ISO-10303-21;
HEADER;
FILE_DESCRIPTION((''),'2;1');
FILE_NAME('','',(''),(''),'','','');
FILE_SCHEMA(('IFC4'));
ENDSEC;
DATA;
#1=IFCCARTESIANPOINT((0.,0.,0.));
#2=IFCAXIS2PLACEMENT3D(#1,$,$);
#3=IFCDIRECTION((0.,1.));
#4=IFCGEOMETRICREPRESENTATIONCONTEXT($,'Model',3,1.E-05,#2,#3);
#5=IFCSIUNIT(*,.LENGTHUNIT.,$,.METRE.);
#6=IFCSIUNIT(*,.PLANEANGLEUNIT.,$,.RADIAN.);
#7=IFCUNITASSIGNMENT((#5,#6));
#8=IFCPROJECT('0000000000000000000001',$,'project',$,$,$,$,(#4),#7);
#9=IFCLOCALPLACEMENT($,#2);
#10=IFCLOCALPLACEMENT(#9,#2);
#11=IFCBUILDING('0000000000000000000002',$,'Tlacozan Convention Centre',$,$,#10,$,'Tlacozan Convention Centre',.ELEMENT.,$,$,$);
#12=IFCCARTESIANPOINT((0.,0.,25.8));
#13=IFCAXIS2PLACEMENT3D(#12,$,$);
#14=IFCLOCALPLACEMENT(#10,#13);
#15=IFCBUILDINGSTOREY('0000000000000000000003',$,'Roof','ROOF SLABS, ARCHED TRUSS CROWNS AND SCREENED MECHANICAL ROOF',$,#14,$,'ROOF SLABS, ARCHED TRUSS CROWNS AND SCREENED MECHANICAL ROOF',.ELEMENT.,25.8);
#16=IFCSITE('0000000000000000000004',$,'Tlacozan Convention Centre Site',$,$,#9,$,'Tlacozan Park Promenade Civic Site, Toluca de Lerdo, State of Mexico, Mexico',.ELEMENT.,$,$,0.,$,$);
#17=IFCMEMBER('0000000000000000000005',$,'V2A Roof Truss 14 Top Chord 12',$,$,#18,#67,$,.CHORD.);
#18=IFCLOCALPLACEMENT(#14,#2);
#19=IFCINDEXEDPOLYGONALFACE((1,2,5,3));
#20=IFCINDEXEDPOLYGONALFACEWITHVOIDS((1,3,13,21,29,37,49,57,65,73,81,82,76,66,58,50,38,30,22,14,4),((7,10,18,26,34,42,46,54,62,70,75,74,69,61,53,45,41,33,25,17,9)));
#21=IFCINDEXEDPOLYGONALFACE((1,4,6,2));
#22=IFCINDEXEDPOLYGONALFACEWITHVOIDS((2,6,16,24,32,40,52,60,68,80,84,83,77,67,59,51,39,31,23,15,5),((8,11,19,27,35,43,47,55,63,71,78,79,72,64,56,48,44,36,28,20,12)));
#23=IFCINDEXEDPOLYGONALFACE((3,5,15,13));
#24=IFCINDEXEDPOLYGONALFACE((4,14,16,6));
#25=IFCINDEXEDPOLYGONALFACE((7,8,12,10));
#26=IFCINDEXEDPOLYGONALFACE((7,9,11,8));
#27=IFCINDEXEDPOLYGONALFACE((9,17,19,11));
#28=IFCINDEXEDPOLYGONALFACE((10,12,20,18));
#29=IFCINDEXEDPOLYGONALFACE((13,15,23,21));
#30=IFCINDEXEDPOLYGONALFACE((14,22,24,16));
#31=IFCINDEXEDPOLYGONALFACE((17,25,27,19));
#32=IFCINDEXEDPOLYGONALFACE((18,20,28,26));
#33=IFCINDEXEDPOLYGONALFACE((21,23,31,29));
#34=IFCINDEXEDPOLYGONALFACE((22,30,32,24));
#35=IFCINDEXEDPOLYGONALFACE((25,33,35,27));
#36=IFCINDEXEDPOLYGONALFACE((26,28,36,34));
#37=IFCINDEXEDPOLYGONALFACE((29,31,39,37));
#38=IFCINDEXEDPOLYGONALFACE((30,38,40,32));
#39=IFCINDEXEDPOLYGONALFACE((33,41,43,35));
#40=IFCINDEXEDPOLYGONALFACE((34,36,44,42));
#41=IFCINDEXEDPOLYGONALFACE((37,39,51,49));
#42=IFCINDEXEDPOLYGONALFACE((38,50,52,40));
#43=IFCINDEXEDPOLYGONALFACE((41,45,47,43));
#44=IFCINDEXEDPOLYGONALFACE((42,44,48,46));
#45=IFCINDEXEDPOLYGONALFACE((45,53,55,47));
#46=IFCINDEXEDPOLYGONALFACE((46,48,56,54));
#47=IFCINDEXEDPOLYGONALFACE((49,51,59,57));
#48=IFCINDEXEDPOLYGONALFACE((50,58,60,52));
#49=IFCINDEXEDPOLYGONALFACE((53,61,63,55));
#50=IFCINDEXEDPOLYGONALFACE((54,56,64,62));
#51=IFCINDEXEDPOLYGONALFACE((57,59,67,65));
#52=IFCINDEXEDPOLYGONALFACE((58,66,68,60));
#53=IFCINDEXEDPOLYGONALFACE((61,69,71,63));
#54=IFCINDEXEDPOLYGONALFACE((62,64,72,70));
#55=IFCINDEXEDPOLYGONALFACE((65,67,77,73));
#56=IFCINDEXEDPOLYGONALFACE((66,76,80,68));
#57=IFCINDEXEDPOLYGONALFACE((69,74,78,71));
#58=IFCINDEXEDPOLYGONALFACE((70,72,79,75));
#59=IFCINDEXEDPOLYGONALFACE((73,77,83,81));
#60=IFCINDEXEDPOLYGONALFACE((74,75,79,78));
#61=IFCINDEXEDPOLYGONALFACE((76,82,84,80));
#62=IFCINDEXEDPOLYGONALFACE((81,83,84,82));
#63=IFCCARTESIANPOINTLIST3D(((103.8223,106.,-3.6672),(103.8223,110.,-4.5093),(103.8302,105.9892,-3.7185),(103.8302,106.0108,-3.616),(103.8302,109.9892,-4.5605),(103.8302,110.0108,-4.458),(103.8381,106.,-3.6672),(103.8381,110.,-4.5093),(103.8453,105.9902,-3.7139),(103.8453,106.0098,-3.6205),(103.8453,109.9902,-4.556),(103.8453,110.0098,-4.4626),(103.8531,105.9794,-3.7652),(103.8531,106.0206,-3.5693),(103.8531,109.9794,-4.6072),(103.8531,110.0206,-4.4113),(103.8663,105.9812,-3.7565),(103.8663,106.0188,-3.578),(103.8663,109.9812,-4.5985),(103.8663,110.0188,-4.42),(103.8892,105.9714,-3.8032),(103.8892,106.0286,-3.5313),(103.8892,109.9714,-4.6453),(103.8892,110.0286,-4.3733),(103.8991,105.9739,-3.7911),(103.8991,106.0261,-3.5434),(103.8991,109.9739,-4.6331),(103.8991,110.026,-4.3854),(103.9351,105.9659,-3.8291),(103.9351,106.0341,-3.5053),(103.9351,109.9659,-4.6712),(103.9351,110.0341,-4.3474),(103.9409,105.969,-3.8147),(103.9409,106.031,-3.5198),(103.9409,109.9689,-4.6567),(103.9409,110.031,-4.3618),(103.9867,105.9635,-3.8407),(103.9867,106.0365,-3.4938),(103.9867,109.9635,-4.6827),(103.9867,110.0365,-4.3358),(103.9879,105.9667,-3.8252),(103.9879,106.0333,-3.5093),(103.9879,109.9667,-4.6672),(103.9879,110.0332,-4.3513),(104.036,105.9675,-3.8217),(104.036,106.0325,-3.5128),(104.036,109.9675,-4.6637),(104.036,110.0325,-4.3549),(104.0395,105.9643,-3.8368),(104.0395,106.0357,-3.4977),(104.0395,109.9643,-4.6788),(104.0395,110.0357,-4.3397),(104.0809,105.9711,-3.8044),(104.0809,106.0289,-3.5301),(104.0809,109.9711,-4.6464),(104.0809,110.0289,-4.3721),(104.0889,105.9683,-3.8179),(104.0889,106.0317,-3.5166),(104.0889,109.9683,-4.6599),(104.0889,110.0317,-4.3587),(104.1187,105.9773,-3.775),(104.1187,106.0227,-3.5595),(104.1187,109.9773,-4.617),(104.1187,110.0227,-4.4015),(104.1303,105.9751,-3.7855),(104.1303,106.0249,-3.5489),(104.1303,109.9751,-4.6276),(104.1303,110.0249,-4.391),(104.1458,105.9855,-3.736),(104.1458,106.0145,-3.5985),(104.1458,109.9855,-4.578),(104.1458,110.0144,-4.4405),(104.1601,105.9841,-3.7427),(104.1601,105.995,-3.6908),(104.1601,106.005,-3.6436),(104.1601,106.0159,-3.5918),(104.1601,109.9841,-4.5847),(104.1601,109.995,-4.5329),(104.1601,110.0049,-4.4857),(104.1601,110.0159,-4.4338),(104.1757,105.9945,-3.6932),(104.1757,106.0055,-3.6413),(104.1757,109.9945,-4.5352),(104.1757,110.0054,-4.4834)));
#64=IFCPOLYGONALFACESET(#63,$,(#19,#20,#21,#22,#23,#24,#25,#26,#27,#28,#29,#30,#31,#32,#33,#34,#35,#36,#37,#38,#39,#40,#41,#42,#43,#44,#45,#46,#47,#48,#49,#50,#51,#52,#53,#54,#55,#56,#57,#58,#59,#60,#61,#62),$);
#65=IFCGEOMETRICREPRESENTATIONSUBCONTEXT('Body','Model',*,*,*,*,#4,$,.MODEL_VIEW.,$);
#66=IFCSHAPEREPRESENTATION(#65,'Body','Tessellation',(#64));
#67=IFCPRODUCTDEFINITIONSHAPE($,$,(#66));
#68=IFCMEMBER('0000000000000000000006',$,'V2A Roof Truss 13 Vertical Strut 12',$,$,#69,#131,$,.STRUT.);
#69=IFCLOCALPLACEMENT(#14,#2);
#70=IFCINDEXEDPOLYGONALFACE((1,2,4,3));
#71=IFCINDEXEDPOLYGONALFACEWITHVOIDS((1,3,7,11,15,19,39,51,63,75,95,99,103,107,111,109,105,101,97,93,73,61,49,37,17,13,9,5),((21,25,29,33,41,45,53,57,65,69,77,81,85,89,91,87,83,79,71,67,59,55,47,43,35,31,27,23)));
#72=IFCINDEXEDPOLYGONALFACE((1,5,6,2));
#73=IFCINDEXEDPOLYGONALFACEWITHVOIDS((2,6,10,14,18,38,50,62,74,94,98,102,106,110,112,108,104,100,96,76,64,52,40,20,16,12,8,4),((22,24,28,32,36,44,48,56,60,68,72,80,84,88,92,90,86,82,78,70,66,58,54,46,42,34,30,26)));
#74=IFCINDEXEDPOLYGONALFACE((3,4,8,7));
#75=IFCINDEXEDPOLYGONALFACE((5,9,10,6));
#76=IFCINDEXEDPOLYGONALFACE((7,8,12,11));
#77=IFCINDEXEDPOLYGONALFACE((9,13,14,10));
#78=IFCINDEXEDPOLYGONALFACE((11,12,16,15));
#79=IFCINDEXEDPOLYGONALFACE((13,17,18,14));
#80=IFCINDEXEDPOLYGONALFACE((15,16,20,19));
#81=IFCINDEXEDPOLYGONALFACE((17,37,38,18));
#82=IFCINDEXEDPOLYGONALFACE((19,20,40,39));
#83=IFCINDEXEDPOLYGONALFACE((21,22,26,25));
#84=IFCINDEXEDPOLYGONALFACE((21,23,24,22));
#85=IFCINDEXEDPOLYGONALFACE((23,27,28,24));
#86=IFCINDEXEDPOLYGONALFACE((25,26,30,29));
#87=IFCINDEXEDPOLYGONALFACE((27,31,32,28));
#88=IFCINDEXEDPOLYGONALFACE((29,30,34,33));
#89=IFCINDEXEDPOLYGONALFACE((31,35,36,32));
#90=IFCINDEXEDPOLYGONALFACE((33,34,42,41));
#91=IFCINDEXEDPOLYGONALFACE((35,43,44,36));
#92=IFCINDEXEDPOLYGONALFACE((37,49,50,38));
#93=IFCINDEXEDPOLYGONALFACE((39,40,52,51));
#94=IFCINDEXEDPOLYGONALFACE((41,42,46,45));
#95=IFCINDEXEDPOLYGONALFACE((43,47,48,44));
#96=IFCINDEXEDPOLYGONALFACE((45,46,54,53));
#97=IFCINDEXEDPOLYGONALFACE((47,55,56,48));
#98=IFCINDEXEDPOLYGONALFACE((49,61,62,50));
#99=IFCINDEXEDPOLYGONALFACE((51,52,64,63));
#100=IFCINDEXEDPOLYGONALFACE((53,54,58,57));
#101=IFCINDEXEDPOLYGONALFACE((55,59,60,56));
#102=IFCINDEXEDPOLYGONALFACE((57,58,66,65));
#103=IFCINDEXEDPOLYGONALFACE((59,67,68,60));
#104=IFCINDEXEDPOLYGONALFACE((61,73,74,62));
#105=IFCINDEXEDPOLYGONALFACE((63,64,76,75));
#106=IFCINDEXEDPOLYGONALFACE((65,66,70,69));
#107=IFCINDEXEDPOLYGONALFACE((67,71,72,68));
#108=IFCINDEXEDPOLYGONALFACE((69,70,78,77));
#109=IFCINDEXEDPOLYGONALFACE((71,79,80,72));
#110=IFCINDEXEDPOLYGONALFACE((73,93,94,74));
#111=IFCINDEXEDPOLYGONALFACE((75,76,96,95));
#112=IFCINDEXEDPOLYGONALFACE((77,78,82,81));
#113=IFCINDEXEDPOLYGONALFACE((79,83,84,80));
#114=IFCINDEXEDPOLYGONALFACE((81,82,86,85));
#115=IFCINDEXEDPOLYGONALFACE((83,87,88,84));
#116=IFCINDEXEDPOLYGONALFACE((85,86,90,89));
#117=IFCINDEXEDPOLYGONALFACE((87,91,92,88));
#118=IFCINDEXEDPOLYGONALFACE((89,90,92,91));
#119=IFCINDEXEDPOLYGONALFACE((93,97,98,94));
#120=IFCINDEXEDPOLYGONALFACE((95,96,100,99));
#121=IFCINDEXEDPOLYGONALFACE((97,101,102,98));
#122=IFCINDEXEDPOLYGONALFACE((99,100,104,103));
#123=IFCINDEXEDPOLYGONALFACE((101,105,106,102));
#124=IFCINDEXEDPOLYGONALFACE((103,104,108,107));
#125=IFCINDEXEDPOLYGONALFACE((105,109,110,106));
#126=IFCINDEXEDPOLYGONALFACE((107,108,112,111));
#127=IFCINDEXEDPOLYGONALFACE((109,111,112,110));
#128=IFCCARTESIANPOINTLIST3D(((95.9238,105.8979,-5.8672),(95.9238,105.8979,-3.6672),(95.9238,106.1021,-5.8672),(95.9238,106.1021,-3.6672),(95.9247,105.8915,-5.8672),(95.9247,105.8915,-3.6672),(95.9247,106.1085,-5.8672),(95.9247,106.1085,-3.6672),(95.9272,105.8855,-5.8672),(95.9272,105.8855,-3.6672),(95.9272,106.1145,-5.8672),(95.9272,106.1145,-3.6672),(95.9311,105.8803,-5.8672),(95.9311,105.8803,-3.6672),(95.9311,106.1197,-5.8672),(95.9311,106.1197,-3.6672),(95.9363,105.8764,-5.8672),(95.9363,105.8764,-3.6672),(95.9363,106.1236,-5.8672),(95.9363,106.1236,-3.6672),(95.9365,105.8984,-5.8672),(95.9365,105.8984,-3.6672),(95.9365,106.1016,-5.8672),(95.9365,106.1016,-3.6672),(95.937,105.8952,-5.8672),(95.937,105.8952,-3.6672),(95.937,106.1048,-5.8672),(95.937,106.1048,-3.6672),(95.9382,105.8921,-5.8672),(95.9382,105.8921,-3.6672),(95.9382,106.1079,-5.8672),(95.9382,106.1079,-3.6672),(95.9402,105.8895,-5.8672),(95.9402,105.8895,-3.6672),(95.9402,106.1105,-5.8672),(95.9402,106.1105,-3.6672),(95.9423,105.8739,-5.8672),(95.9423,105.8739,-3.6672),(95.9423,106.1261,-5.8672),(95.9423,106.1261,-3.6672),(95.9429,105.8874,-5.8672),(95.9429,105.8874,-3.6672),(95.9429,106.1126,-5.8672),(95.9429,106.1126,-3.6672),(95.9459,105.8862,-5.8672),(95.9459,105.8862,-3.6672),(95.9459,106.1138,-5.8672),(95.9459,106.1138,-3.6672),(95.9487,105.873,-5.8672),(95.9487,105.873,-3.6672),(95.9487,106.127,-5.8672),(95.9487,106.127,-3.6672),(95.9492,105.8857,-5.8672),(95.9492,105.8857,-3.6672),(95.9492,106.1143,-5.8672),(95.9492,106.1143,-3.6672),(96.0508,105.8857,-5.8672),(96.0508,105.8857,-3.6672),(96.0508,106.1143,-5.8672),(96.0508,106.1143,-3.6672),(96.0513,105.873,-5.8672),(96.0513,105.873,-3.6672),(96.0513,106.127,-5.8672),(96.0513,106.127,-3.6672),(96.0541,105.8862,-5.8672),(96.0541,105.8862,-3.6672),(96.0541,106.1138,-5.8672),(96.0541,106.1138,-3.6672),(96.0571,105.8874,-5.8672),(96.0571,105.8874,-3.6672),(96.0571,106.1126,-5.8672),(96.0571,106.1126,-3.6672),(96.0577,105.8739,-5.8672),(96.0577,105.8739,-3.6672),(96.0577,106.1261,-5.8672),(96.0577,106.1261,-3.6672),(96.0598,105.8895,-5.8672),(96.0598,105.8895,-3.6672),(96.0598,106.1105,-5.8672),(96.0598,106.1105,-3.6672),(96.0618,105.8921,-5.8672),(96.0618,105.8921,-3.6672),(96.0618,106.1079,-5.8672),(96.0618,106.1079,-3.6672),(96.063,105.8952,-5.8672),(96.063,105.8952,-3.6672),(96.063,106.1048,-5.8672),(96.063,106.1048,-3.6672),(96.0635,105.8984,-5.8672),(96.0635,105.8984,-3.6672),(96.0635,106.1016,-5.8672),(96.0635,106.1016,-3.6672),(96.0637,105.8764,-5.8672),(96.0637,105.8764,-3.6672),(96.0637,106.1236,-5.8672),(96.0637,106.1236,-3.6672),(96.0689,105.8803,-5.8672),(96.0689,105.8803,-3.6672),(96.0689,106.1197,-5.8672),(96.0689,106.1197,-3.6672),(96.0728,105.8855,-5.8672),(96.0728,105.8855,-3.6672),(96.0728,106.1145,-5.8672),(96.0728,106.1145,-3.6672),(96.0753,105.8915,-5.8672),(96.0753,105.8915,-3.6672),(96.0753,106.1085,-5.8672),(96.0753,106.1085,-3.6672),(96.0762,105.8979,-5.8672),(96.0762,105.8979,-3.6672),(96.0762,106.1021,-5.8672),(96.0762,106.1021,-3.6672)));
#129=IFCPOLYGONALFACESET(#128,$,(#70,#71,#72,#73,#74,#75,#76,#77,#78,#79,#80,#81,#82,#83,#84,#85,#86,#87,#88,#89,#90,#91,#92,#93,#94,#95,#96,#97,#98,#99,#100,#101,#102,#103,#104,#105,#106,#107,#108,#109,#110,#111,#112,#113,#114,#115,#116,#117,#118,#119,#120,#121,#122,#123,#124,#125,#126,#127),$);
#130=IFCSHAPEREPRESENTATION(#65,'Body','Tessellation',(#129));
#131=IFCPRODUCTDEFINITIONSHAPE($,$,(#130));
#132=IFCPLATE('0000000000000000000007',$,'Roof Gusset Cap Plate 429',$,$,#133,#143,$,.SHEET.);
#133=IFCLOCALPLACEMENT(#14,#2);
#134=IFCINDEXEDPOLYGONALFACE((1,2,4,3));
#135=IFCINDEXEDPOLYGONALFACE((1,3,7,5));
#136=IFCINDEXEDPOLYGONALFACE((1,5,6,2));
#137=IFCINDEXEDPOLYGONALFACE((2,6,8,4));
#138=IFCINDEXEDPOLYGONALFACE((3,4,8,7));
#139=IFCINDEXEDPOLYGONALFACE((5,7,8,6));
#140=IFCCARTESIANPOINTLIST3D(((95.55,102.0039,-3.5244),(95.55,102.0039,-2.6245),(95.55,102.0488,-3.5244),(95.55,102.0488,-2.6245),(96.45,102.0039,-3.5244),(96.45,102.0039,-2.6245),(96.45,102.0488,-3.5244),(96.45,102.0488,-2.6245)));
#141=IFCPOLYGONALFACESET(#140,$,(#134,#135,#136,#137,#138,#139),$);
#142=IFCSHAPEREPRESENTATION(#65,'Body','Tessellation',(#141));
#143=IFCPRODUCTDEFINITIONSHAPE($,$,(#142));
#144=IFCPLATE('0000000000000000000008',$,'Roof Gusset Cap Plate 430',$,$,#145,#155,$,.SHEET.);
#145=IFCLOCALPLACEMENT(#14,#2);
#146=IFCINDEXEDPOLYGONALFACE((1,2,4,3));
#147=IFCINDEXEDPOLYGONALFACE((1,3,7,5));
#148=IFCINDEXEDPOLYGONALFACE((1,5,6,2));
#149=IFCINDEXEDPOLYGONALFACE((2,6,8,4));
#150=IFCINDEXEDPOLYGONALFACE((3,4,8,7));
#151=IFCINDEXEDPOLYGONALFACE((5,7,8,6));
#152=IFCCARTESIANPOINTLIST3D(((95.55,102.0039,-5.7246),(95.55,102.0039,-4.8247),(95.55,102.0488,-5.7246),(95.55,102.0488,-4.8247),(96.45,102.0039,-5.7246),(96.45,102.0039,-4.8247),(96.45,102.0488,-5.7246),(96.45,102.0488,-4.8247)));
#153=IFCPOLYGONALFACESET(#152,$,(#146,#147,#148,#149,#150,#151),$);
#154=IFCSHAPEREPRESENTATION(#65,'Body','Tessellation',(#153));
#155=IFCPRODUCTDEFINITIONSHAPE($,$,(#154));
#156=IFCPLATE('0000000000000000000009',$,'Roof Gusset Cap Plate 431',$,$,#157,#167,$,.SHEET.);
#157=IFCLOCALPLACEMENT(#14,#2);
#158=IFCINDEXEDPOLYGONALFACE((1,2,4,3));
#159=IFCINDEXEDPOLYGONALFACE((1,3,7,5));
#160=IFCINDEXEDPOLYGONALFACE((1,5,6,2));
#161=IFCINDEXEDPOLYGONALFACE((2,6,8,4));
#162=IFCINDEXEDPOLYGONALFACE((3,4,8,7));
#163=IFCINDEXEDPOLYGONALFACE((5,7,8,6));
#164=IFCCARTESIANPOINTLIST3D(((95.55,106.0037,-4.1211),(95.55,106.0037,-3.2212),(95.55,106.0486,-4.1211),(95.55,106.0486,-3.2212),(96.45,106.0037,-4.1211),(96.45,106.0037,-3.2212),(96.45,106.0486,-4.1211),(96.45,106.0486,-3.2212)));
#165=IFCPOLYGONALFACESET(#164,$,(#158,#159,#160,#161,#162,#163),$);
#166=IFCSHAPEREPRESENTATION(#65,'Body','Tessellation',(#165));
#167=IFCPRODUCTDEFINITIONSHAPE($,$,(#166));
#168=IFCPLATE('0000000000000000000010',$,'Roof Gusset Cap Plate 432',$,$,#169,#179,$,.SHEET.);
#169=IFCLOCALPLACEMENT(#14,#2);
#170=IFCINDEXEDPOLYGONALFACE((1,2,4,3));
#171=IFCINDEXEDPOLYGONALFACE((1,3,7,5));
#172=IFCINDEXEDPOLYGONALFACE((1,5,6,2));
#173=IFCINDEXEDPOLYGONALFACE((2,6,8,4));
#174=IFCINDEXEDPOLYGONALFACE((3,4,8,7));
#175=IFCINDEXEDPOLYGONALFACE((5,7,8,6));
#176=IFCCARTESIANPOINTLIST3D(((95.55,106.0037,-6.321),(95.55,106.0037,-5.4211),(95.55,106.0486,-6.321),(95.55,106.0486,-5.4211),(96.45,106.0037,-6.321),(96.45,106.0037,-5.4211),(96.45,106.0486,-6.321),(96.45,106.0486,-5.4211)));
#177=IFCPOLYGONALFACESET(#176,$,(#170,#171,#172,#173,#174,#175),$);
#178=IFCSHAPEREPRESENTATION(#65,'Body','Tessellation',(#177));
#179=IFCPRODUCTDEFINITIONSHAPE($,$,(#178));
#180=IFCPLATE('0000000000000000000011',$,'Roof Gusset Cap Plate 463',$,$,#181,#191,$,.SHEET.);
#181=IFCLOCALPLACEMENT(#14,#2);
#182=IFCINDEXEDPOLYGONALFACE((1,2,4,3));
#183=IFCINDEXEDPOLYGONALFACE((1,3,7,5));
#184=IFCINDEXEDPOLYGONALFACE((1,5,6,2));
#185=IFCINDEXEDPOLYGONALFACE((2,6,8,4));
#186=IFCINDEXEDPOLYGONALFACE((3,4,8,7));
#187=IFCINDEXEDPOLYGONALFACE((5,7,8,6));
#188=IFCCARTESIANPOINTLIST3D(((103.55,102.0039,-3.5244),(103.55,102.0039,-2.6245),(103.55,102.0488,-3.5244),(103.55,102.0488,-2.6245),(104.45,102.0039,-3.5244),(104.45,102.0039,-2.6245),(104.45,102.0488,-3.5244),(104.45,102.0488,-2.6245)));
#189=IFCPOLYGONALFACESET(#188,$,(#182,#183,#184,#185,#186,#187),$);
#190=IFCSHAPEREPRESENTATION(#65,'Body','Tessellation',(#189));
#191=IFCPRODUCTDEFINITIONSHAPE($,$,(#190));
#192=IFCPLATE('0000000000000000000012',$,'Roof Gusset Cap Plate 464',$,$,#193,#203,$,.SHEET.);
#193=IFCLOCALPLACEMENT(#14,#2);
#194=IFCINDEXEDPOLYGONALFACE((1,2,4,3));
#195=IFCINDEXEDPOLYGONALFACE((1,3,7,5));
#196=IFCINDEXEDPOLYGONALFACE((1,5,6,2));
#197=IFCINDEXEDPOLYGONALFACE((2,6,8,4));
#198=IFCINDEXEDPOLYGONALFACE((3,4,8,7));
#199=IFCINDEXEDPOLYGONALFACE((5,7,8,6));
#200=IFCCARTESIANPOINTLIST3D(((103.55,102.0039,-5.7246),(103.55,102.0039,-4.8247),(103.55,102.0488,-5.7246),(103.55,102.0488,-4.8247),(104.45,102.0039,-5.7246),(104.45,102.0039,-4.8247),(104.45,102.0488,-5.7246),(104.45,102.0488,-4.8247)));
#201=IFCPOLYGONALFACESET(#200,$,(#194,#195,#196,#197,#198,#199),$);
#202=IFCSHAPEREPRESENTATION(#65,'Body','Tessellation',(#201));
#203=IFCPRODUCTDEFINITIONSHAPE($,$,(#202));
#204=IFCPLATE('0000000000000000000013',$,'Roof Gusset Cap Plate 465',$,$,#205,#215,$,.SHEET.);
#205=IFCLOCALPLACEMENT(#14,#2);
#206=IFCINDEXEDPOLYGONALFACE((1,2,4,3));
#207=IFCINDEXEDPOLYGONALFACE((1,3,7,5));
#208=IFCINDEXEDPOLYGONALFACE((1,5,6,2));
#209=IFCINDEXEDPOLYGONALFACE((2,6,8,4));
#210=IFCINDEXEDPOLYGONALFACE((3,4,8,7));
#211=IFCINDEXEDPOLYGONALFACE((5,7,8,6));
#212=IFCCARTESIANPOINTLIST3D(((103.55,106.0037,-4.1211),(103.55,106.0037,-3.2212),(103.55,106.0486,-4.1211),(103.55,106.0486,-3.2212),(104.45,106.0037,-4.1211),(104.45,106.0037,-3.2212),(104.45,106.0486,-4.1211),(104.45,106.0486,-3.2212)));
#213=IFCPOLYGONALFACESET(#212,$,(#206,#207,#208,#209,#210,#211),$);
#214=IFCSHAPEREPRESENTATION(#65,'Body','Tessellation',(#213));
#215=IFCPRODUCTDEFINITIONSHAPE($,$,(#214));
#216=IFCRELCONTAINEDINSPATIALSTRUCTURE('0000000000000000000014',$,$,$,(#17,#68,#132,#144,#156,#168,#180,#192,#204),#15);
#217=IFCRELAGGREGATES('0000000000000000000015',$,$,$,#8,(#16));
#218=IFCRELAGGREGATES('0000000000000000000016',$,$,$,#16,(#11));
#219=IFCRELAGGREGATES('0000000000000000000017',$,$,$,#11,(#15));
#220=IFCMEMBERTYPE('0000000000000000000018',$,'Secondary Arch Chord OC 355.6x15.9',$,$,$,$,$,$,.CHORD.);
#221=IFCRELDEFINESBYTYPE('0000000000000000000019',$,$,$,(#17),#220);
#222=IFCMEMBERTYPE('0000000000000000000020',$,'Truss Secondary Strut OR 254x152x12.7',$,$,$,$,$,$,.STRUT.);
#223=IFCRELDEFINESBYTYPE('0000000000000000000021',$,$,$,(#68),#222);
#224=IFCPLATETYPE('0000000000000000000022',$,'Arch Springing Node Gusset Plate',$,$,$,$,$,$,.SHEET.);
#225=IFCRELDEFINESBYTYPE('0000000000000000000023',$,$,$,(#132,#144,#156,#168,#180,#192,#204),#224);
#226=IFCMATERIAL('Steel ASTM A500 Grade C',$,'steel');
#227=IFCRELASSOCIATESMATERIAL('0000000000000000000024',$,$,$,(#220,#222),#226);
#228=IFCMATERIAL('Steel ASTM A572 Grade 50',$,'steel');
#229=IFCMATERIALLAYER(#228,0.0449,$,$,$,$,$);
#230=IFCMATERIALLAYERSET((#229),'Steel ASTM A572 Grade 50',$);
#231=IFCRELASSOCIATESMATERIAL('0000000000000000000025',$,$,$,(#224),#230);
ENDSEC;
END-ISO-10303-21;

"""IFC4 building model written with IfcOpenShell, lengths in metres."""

from ifc_helpers import new_model, si_unit, direction, frame, origin, origin_2d, place, context, subcontext, project, spatial, rectangle, hollow_rectangle, hollow_circle, extrude, material, layer, layer_set, material_profile, profile_set, type_object, element, save


model = new_model("IFC4")

# Units and contexts
model_context = context("Model", 3, precision=1e-05, world=origin(), true_north=direction((0.0, 1.0)))
body_context = subcontext(model_context, "Body", "Model", "MODEL_VIEW")
ifc_project = project(units=[si_unit("LENGTHUNIT", "METRE"), si_unit("PLANEANGLEUNIT", "RADIAN")], contexts=[model_context])

# Site, building, storey
site_placement = place(None, origin())
site = spatial("IfcSite", under=ifc_project, at=site_placement, Name="Tlacozan Convention Centre Site", LongName="Tlacozan Park Promenade Civic Site, Toluca de Lerdo, State of Mexico, Mexico", CompositionType="ELEMENT", RefElevation=0.0)
building_placement = place(site_placement, origin())
building = spatial("IfcBuilding", under=site, at=building_placement, Name="Tlacozan Convention Centre", LongName="Tlacozan Convention Centre", CompositionType="ELEMENT")
storey_placement = place(building_placement, frame((0.0, 0.0, 25.8)))
storey = spatial("IfcBuildingStorey", under=building, at=storey_placement, Name="Roof", Description="ROOF SLABS, ARCHED TRUSS CROWNS AND SCREENED MECHANICAL ROOF", LongName="ROOF SLABS, ARCHED TRUSS CROWNS AND SCREENED MECHANICAL ROOF", CompositionType="ELEMENT", Elevation=25.8)

# Members
ifc_material_1 = material(Name="Steel ASTM A500 Grade C", Category="steel")
ifc_material_profile_1 = material_profile(ifc_material_1, hollow_circle(Radius=0.1777, WallThickness=0.0159, at=origin_2d()), Name="OC 355.6x15.9")
ifc_profile_set_1 = profile_set([ifc_material_profile_1], Name="Steel ASTM A500 Grade C")
member_type_1 = type_object("IfcMemberType", Name="Secondary Arch Chord OC 355.6x15.9", PredefinedType="CHORD", material=ifc_profile_set_1)
member_1_placement = place(storey_placement, frame((104.0, 106.0, -3.6672), z_axis=(0.0, 0.978553, -0.205995), x_axis=(-1.0, 0.0, 0.0)))
element("IfcMember", 1, at=member_1_placement, inside=storey, type_object=member_type_1, Name="V2A Roof Truss 14 Top Chord 12", PredefinedType="CHORD", context=body_context, shape_type="SweptSolid", body=[
    extrude(hollow_circle(Radius=0.1777, WallThickness=0.0159, at=origin_2d()), origin(), (0.0, 0.0, 1.0), 4.0876),
])
ifc_material_profile_2 = material_profile(ifc_material_1, hollow_rectangle(XDim=0.1523, YDim=0.2539, WallThickness=0.0127, InnerFilletRadius=0.0127, OuterFilletRadius=0.0249, at=origin_2d()), Name="OR 254x152x12.7")
ifc_profile_set_2 = profile_set([ifc_material_profile_2], Name="Steel ASTM A500 Grade C")
member_type_2 = type_object("IfcMemberType", Name="Truss Secondary Strut OR 254x152x12.7", PredefinedType="STRUT", material=ifc_profile_set_2)
member_2_placement = place(storey_placement, frame((96.0, 106.0, -5.8672), z_axis=(0.0, 0.0, 1.0), x_axis=(1.0, 0.0, 0.0)))
element("IfcMember", 2, at=member_2_placement, inside=storey, type_object=member_type_2, Name="V2A Roof Truss 13 Vertical Strut 12", PredefinedType="STRUT", context=body_context, shape_type="SweptSolid", body=[
    extrude(hollow_rectangle(XDim=0.1523, YDim=0.2539, WallThickness=0.0127, InnerFilletRadius=0.0127, OuterFilletRadius=0.0249, at=origin_2d()), origin(), (0.0, 0.0, 1.0), 2.2),
])

# Plates
ifc_material_2 = material(Name="Steel ASTM A572 Grade 50", Category="steel")
ifc_layer = layer(ifc_material_2, 0.0449)
ifc_layer_set = layer_set([ifc_layer], Name="Steel ASTM A572 Grade 50")
plate_type = type_object("IfcPlateType", Name="Arch Springing Node Gusset Plate", PredefinedType="SHEET", material=ifc_layer_set)
for number, where, z_axis, x_axis, name in (
    (3, (96.0, 102.0264, -3.5244), (0.0, 0.0, 1.0), (0.0, 1.0, 0.0), "Roof Gusset Cap Plate 429"),
    (4, (96.0, 102.0264, -5.7246), (0.0, 0.0, 1.0), (0.0, 1.0, 0.0), "Roof Gusset Cap Plate 430"),
    (5, (96.0, 106.0261, -4.1211), (0.0, 0.0, 1.0), (0.0, 1.0, 0.0), "Roof Gusset Cap Plate 431"),
    (6, (96.0, 106.0261, -6.321), (0.0, 0.0, 1.0), (0.0, 1.0, 0.0), "Roof Gusset Cap Plate 432"),
    (7, (104.0, 102.0264, -3.5244), (0.0, 0.0, 1.0), (0.0, 1.0, 0.0), "Roof Gusset Cap Plate 463"),
    (8, (104.0, 102.0264, -5.7246), (0.0, 0.0, 1.0), (0.0, 1.0, 0.0), "Roof Gusset Cap Plate 464"),
    (9, (104.0, 106.0261, -4.1211), (0.0, 0.0, 1.0), (0.0, 1.0, 0.0), "Roof Gusset Cap Plate 465"),
):
    element("IfcPlate", number, at=place(storey_placement, frame(where, z_axis=z_axis, x_axis=x_axis)), inside=storey, type_object=plate_type, Name=name, PredefinedType="SHEET", context=body_context, shape_type="SweptSolid", body=[
        extrude(rectangle(XDim=0.0449, YDim=0.8999, at=origin_2d()), origin(), (0.0, 0.0, 1.0), 0.8999),
    ])

save(model, "model.ifc")
